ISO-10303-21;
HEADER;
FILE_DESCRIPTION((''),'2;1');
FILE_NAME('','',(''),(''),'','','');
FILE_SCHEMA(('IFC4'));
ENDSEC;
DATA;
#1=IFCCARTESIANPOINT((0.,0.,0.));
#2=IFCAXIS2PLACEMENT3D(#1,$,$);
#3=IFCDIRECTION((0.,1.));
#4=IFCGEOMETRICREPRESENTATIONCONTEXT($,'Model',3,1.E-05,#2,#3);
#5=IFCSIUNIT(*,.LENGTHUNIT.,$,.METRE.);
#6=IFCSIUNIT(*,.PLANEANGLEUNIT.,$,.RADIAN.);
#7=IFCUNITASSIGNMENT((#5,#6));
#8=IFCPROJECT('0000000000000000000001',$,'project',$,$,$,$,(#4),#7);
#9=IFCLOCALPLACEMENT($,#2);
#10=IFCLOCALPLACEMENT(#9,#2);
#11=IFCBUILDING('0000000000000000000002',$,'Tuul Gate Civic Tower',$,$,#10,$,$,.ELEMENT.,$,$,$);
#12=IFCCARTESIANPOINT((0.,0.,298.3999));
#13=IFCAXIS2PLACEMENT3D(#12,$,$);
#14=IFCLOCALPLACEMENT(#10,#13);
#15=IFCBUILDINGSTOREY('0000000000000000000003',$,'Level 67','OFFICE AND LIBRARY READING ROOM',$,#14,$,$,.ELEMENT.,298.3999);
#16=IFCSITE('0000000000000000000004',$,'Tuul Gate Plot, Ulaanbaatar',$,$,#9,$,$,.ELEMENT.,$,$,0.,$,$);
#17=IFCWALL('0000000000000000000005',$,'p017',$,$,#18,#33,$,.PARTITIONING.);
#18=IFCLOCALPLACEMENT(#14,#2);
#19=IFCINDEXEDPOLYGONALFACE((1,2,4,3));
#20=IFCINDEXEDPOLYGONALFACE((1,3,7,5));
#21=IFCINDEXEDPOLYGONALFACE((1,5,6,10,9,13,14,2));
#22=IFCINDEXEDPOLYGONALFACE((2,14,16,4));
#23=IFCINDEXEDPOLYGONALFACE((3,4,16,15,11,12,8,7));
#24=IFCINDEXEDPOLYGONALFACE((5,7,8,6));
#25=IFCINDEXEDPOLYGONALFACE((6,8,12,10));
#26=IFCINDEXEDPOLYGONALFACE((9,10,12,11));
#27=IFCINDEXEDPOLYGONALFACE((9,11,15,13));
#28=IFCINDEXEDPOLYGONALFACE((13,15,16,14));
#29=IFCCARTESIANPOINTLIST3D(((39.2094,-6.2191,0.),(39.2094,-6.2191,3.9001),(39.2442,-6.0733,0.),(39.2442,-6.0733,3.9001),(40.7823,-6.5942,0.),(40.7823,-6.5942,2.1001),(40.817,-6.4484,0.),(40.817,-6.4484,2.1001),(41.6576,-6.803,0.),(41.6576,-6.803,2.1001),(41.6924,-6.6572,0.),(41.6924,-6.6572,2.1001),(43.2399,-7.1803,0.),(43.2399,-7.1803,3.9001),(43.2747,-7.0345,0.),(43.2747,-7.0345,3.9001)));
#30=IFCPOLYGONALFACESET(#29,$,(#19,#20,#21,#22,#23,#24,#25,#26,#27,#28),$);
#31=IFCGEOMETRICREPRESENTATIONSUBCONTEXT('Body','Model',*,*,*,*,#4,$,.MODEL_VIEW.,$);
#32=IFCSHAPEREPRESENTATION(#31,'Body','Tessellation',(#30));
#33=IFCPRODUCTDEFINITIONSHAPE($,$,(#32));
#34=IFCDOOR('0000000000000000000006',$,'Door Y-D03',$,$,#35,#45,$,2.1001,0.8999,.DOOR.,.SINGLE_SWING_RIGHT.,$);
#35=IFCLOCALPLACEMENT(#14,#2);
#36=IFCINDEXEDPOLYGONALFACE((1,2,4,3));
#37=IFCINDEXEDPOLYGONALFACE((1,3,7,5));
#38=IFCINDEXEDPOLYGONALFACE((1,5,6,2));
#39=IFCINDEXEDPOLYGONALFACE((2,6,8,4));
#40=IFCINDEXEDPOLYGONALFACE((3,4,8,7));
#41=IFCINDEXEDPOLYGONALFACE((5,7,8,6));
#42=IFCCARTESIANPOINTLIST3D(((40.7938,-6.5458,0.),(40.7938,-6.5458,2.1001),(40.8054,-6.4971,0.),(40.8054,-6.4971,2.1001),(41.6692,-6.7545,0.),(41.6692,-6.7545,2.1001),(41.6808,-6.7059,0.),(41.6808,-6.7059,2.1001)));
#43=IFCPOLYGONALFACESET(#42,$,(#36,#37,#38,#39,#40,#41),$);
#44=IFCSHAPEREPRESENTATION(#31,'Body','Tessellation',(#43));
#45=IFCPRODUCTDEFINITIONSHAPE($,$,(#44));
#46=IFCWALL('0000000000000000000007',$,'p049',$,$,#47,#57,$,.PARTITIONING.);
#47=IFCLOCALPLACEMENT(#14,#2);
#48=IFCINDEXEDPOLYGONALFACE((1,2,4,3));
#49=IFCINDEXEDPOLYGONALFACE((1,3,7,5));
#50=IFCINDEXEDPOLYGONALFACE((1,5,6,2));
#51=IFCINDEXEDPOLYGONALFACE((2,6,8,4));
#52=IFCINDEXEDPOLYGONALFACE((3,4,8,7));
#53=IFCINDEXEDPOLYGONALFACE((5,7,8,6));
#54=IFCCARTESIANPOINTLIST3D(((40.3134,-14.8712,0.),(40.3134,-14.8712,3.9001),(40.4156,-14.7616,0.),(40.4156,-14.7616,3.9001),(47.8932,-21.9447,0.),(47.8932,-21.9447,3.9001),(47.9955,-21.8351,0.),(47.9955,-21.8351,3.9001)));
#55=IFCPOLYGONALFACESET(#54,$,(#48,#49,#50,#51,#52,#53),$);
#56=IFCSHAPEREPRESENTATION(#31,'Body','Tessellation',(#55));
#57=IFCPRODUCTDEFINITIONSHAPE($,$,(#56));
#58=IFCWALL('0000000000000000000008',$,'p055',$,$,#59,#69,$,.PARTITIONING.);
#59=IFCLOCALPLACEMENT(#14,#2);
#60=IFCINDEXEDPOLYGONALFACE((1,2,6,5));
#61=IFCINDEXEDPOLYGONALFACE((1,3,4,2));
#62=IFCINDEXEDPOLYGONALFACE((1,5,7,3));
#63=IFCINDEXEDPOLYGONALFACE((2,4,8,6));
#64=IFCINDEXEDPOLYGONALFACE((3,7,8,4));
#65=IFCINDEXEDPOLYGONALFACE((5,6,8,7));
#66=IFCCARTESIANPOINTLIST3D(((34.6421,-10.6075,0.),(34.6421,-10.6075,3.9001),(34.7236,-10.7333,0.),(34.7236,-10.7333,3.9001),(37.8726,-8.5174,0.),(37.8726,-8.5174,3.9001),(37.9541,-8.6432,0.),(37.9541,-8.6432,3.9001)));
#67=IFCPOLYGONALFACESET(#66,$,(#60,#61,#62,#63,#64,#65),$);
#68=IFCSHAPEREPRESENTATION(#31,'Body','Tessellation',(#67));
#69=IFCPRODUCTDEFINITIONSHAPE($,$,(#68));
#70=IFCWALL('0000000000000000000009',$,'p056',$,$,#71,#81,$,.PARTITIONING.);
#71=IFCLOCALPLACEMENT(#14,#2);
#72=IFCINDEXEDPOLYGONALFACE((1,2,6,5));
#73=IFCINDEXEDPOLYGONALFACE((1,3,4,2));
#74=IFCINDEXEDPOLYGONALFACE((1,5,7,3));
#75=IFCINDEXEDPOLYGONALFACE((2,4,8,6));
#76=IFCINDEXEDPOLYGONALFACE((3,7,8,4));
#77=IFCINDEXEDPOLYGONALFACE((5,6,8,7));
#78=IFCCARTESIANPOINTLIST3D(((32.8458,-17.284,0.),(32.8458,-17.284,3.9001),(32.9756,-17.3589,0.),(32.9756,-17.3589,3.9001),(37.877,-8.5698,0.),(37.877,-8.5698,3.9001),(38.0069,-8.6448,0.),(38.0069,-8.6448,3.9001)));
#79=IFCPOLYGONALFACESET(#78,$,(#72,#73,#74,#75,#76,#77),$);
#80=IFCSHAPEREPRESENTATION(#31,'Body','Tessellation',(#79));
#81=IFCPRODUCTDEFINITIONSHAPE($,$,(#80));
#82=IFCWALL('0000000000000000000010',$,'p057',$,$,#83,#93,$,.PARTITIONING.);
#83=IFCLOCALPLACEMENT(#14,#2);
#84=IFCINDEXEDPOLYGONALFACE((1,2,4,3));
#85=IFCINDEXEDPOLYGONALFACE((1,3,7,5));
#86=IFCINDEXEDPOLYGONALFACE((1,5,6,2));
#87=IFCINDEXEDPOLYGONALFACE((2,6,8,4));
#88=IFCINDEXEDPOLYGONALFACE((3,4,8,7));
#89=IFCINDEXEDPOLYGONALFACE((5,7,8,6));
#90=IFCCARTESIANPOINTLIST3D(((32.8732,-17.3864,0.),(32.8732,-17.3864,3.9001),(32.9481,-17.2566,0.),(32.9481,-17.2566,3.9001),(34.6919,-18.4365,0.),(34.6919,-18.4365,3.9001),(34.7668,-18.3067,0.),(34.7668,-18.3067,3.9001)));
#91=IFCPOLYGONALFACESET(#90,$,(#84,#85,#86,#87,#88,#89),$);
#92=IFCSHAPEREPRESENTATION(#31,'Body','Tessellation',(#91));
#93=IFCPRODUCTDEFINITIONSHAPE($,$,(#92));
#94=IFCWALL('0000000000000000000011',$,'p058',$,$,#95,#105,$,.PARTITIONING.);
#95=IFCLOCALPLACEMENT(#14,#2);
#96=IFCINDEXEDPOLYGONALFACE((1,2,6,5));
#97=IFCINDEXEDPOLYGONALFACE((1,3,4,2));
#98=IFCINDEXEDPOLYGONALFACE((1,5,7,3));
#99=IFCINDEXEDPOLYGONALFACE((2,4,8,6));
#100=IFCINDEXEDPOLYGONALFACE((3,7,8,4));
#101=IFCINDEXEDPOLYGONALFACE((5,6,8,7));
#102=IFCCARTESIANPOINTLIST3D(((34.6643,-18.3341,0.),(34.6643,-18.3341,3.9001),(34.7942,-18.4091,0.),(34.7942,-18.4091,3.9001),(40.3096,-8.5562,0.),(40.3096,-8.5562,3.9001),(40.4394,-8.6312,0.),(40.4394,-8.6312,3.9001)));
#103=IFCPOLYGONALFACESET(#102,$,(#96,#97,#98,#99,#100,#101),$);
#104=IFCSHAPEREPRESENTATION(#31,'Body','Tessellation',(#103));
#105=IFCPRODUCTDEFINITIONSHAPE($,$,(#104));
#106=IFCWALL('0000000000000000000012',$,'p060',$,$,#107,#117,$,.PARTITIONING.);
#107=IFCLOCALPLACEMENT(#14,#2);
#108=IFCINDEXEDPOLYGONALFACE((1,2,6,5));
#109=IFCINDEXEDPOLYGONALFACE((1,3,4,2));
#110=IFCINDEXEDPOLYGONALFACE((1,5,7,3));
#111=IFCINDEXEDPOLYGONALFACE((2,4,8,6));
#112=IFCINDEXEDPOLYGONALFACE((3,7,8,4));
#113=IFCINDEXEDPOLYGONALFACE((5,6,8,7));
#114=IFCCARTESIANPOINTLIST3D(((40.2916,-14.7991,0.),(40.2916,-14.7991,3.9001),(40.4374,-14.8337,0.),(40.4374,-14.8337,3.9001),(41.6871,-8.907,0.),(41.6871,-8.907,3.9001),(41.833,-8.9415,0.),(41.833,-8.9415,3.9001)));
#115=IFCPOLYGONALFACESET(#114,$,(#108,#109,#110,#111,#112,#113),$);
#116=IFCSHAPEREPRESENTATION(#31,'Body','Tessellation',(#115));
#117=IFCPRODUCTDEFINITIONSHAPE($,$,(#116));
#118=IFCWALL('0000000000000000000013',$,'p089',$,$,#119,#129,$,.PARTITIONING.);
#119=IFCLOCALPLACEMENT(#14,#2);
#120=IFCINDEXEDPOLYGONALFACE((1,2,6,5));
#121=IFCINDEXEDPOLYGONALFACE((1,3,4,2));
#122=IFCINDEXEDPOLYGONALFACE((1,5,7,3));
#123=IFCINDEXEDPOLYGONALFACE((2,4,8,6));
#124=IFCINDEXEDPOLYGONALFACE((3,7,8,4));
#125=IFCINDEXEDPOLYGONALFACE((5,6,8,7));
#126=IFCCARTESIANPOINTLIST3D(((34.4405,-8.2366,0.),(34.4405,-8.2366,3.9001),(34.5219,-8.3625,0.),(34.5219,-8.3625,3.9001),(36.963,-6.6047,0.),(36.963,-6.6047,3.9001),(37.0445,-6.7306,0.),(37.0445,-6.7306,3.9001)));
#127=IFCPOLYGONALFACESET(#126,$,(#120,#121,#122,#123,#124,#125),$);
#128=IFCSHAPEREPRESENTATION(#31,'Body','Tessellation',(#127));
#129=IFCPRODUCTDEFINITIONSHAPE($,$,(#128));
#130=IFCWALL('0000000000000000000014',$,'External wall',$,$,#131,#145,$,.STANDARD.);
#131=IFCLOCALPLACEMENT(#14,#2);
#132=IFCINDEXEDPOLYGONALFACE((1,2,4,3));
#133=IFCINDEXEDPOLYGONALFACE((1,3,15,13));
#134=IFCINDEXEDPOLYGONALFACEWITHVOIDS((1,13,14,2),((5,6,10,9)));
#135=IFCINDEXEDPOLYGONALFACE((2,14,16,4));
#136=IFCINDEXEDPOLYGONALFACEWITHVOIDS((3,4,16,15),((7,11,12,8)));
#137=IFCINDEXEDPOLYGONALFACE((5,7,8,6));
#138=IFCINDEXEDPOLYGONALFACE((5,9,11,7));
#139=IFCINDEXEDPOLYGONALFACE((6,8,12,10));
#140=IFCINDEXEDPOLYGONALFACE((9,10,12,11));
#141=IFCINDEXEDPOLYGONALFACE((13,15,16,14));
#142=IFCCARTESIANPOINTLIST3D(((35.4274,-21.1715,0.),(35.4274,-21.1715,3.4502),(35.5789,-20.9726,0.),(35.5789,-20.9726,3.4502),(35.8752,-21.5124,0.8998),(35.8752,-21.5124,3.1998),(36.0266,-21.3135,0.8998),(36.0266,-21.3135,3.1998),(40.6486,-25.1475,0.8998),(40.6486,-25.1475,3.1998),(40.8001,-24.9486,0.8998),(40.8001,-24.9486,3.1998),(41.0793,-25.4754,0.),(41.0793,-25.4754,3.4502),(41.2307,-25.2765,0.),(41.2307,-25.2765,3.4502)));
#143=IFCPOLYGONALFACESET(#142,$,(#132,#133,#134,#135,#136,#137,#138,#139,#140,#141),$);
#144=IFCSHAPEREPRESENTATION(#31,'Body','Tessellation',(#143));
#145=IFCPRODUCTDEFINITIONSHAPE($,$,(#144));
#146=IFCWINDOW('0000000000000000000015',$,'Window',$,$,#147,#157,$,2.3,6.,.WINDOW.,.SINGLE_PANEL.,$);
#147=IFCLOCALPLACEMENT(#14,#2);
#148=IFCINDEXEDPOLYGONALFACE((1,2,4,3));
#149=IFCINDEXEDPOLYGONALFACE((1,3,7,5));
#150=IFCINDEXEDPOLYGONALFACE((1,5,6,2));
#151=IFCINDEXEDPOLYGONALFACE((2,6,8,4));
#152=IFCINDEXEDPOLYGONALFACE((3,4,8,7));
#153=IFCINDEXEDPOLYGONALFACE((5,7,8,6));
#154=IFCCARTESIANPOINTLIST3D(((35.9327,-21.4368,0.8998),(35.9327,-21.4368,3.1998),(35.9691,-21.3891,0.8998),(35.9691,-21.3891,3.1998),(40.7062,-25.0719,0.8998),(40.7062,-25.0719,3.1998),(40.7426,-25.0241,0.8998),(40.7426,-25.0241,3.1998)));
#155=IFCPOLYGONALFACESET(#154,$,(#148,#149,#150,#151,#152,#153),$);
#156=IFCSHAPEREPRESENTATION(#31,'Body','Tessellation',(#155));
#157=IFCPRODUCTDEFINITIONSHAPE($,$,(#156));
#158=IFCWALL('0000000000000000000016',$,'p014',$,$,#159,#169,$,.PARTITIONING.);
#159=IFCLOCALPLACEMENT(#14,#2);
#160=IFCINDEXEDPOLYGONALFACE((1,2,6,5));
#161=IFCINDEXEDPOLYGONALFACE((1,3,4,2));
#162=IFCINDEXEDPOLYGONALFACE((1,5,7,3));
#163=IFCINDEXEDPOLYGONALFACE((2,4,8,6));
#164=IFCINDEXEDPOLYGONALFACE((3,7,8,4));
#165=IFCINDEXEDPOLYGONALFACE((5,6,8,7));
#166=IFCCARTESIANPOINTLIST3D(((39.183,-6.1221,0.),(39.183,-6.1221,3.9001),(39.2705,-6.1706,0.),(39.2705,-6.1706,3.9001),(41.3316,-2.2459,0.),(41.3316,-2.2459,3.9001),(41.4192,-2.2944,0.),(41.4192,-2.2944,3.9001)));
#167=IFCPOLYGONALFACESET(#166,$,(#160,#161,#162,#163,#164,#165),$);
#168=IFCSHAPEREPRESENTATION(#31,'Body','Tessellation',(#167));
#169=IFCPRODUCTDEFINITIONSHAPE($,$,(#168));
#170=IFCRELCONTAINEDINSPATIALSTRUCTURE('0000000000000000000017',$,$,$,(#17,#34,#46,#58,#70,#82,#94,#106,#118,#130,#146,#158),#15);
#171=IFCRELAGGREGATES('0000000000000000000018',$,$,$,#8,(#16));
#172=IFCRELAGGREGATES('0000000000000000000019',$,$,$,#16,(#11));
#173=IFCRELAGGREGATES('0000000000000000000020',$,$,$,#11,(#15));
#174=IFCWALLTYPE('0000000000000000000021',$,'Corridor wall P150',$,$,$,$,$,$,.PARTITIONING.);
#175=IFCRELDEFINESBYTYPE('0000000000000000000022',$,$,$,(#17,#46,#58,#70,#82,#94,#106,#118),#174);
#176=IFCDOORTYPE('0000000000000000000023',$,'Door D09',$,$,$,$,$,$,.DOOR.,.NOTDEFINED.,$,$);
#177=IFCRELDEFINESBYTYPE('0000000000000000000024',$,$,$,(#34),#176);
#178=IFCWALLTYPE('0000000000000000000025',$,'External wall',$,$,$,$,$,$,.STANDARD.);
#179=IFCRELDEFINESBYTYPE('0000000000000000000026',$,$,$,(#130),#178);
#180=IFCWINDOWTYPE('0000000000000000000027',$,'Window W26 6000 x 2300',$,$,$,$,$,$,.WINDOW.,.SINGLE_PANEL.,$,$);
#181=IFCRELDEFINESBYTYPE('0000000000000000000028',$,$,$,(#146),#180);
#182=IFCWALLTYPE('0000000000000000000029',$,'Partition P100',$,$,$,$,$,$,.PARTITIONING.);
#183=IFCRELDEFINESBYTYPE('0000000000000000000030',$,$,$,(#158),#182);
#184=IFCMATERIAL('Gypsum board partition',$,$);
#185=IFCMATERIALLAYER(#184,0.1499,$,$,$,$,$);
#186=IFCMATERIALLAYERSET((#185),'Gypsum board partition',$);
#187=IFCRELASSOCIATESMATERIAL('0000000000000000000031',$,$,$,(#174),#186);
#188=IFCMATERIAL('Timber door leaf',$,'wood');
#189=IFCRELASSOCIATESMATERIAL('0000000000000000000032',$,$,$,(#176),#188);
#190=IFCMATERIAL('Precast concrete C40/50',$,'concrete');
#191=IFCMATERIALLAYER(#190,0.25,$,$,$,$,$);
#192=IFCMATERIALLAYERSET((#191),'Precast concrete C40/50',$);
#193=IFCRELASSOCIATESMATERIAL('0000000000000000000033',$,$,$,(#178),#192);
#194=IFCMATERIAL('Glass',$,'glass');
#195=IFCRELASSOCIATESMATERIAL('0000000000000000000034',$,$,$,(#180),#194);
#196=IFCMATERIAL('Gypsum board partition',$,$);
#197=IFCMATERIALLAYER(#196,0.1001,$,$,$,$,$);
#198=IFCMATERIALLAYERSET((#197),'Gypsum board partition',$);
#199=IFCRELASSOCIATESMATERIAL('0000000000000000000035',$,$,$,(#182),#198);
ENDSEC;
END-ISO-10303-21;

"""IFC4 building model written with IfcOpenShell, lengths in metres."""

from ifc_helpers import new_model, si_unit, direction, frame, frame_2d, origin, place, context, subcontext, project, spatial, rectangle, extrude, material, layer, layer_set, type_object, element, fill, save


model = new_model("IFC4")

# Units and contexts
model_context = context("Model", 3, precision=1e-05, world=origin(), true_north=direction((0.0, 1.0)))
body_context = subcontext(model_context, "Body", "Model", "MODEL_VIEW")
ifc_project = project(units=[si_unit("LENGTHUNIT", "METRE"), si_unit("PLANEANGLEUNIT", "RADIAN")], contexts=[model_context])

# Site, building, storey
site_placement = place(None, origin())
site = spatial("IfcSite", under=ifc_project, at=site_placement, Name="Tuul Gate Plot, Ulaanbaatar", CompositionType="ELEMENT", RefElevation=0.0)
building_placement = place(site_placement, origin())
building = spatial("IfcBuilding", under=site, at=building_placement, Name="Tuul Gate Civic Tower", CompositionType="ELEMENT")
storey_placement = place(building_placement, frame((0.0, 0.0, 298.3999)))
storey = spatial("IfcBuildingStorey", under=building, at=storey_placement, Name="Level 67", Description="OFFICE AND LIBRARY READING ROOM", CompositionType="ELEMENT", Elevation=298.3999)

# Wall, opening, door
ifc_material_1 = material(Name="Gypsum board partition")
ifc_layer_1 = layer(ifc_material_1, 0.1499)
ifc_layer_set_1 = layer_set([ifc_layer_1], Name="Gypsum board partition")
wall_type_1 = type_object("IfcWallType", Name="Corridor wall P150", PredefinedType="PARTITIONING", material=ifc_layer_set_1)
wall_1_placement = place(storey_placement, frame((39.2268, -6.1462, 0.0), z_axis=(0.0, 0.0, 1.0), x_axis=(0.972723, -0.231971, 0.0)))
wall_1 = element("IfcWall", 1, at=wall_1_placement, inside=storey, type_object=wall_type_1, Name="p017", PredefinedType="PARTITIONING", context=body_context, shape_type="SweptSolid", body=[
    extrude(rectangle(XDim=4.1436, YDim=0.1499, at=frame_2d((2.0718, 0.0))), origin(), (0.0, 0.0, 1.0), 3.9001),
])
opening_1_placement = place(wall_1_placement, frame((1.6169, 0.0, 0.0)))
opening_1 = element("IfcOpeningElement", 2, at=opening_1_placement, cuts=wall_1, PredefinedType="OPENING", context=body_context, shape_type="SweptSolid", body=[
    extrude(rectangle(XDim=0.8999, YDim=2.1001, at=frame_2d((0.45, 1.05))), frame((0.0, 0.085, 0.0), z_axis=(0.0, -1.0, 0.0), x_axis=(1.0, 0.0, 0.0)), (0.0, 0.0, 1.0), 0.1699),
])
ifc_material_2 = material(Name="Timber door leaf", Category="wood")
door_type_1 = type_object("IfcDoorType", Name="Door D09", OperationType="NOTDEFINED", PredefinedType="DOOR", material=ifc_material_2)
door_1_placement = place(opening_1_placement, origin())
door_1 = element("IfcDoor", 3, at=door_1_placement, inside=storey, type_object=door_type_1, Name="Door Y-D03", OperationType="SINGLE_SWING_RIGHT", OverallHeight=2.1001, OverallWidth=0.8999, PredefinedType="DOOR", context=body_context, shape_type="SweptSolid", body=[
    extrude(rectangle(XDim=0.8999, YDim=2.1001, at=frame_2d((0.45, 1.05))), frame((0.0, 0.0249, 0.0), z_axis=(0.0, -1.0, 0.0), x_axis=(1.0, 0.0, 0.0)), (0.0, 0.0, 1.0), 0.05),
])
fill(opening_1, door_1)

# Walls
wall_2_placement = place(storey_placement, frame((40.3645, -14.8164, 0.0), z_axis=(0.0, 0.0, 1.0), x_axis=(0.731105, -0.682265, 0.0)))
element("IfcWall", 4, at=wall_2_placement, inside=storey, type_object=wall_type_1, Name="p049", PredefinedType="PARTITIONING", context=body_context, shape_type="SweptSolid", body=[
    extrude(rectangle(XDim=10.3677, YDim=0.1499, at=frame_2d((5.1838, 0.0))), origin(), (0.0, 0.0, 1.0), 3.9001),
])
wall_3_placement = place(storey_placement, frame((34.6829, -10.6704, 0.0), z_axis=(0.0, 0.0, 1.0), x_axis=(0.839596, 0.543212, 0.0)))
element("IfcWall", 5, at=wall_3_placement, inside=storey, type_object=wall_type_1, Name="p055", PredefinedType="PARTITIONING", context=body_context, shape_type="SweptSolid", body=[
    extrude(rectangle(XDim=3.8477, YDim=0.1499, at=frame_2d((1.9238, 0.0))), origin(), (0.0, 0.0, 1.0), 3.9001),
])
wall_4_placement = place(storey_placement, frame((32.9106, -17.3215, 0.0), z_axis=(0.0, 0.0, 1.0), x_axis=(0.500012, 0.866019, 0.0)))
element("IfcWall", 6, at=wall_4_placement, inside=storey, type_object=wall_type_1, Name="p056", PredefinedType="PARTITIONING", context=body_context, shape_type="SweptSolid", body=[
    extrude(rectangle(XDim=10.0623, YDim=0.1499, at=frame_2d((5.0312, 0.0))), origin(), (0.0, 0.0, 1.0), 3.9001),
])
wall_5_placement = place(storey_placement, frame((32.9106, -17.3215, 0.0), z_axis=(0.0, 0.0, 1.0), x_axis=(0.866009, -0.500028, 0.0)))
element("IfcWall", 7, at=wall_5_placement, inside=storey, type_object=wall_type_1, Name="p057", PredefinedType="PARTITIONING", context=body_context, shape_type="SweptSolid", body=[
    extrude(rectangle(XDim=2.1001, YDim=0.1499, at=frame_2d((1.05, 0.0))), origin(), (0.0, 0.0, 1.0), 3.9001),
])
wall_6_placement = place(storey_placement, frame((34.7292, -18.3716, 0.0), z_axis=(0.0, 0.0, 1.0), x_axis=(0.500002, 0.866024, 0.0)))
element("IfcWall", 8, at=wall_6_placement, inside=storey, type_object=wall_type_1, Name="p058", PredefinedType="PARTITIONING", context=body_context, shape_type="SweptSolid", body=[
    extrude(rectangle(XDim=11.2905, YDim=0.1499, at=frame_2d((5.6453, 0.0))), origin(), (0.0, 0.0, 1.0), 3.9001),
])
wall_7_placement = place(storey_placement, frame((40.3645, -14.8164, 0.0), z_axis=(0.0, 0.0, 1.0), x_axis=(0.230468, 0.97308, 0.0)))
element("IfcWall", 9, at=wall_7_placement, inside=storey, type_object=wall_type_1, Name="p060", PredefinedType="PARTITIONING", context=body_context, shape_type="SweptSolid", body=[
    extrude(rectangle(XDim=6.0552, YDim=0.1499, at=frame_2d((3.0276, 0.0))), origin(), (0.0, 0.0, 1.0), 3.9001),
])
wall_8_placement = place(storey_placement, frame((34.4812, -8.2996, 0.0), z_axis=(0.0, 0.0, 1.0), x_axis=(0.839622, 0.54317, 0.0)))
element("IfcWall", 10, at=wall_8_placement, inside=storey, type_object=wall_type_1, Name="p089", PredefinedType="PARTITIONING", context=body_context, shape_type="SweptSolid", body=[
    extrude(rectangle(XDim=3.0044, YDim=0.1499, at=frame_2d((1.5022, 0.0))), origin(), (0.0, 0.0, 1.0), 3.9001),
])

# Wall, opening, window
ifc_material_3 = material(Name="Precast concrete C40/50", Category="concrete")
ifc_layer_2 = layer(ifc_material_3, 0.25)
ifc_layer_set_2 = layer_set([ifc_layer_2], Name="Precast concrete C40/50")
wall_type_2 = type_object("IfcWallType", Name="External wall", PredefinedType="STANDARD", material=ifc_layer_set_2)
wall_9_placement = place(storey_placement, frame((35.5032, -21.072, 0.0), z_axis=(0.0, 0.0, 1.0), x_axis=(0.795582, -0.605845, 0.0)))
wall_9 = element("IfcWall", 11, at=wall_9_placement, inside=storey, type_object=wall_type_2, Name="External wall", PredefinedType="STANDARD", context=body_context, shape_type="SweptSolid", body=[
    extrude(rectangle(XDim=7.104, YDim=0.25, at=frame_2d((3.552, 0.0))), origin(), (0.0, 0.0, 1.0), 3.4502),
])
opening_2_placement = place(wall_9_placement, frame((0.5627, 0.0, 0.8999)))
opening_2 = element("IfcOpeningElement", 12, at=opening_2_placement, cuts=wall_9, PredefinedType="OPENING", context=body_context, shape_type="SweptSolid", body=[
    extrude(rectangle(XDim=6.0, YDim=2.3, at=frame_2d((3.0, 1.1499))), frame((0.0, 0.135, 0.0), z_axis=(0.0, -1.0, 0.0), x_axis=(1.0, 0.0, 0.0)), (0.0, 0.0, 1.0), 0.27),
])
ifc_material_4 = material(Name="Glass", Category="glass")
window_type = type_object("IfcWindowType", Name="Window W26 6000 x 2300", PartitioningType="SINGLE_PANEL", PredefinedType="WINDOW", material=ifc_material_4)
window_placement = place(opening_2_placement, origin())
window = element("IfcWindow", 13, at=window_placement, inside=storey, type_object=window_type, Name="Window", OverallHeight=2.3, OverallWidth=6.0, PartitioningType="SINGLE_PANEL", PredefinedType="WINDOW", context=body_context, shape_type="SweptSolid", body=[
    extrude(rectangle(XDim=6.0, YDim=2.3, at=frame_2d((3.0, 1.1499))), frame((0.0, 0.03, 0.0), z_axis=(0.0, -1.0, 0.0), x_axis=(1.0, 0.0, 0.0)), (0.0, 0.0, 1.0), 0.0601),
])
fill(opening_2, window)

# Wall
ifc_material_5 = material(Name="Gypsum board partition")
ifc_layer_3 = layer(ifc_material_5, 0.1001)
ifc_layer_set_3 = layer_set([ifc_layer_3], Name="Gypsum board partition")
wall_type_3 = type_object("IfcWallType", Name="Partition P100", PredefinedType="PARTITIONING", material=ifc_layer_set_3)
wall_10_placement = place(storey_placement, frame((39.2268, -6.1462, 0.0), z_axis=(0.0, 0.0, 1.0), x_axis=(0.48482, 0.874614, 0.0)))
element("IfcWall", 14, at=wall_10_placement, inside=storey, type_object=wall_type_3, Name="p014", PredefinedType="PARTITIONING", context=body_context, shape_type="SweptSolid", body=[
    extrude(rectangle(XDim=4.4319, YDim=0.1001, at=frame_2d((2.2158, 0.0))), origin(), (0.0, 0.0, 1.0), 3.9001),
])

save(model, "model.ifc")
